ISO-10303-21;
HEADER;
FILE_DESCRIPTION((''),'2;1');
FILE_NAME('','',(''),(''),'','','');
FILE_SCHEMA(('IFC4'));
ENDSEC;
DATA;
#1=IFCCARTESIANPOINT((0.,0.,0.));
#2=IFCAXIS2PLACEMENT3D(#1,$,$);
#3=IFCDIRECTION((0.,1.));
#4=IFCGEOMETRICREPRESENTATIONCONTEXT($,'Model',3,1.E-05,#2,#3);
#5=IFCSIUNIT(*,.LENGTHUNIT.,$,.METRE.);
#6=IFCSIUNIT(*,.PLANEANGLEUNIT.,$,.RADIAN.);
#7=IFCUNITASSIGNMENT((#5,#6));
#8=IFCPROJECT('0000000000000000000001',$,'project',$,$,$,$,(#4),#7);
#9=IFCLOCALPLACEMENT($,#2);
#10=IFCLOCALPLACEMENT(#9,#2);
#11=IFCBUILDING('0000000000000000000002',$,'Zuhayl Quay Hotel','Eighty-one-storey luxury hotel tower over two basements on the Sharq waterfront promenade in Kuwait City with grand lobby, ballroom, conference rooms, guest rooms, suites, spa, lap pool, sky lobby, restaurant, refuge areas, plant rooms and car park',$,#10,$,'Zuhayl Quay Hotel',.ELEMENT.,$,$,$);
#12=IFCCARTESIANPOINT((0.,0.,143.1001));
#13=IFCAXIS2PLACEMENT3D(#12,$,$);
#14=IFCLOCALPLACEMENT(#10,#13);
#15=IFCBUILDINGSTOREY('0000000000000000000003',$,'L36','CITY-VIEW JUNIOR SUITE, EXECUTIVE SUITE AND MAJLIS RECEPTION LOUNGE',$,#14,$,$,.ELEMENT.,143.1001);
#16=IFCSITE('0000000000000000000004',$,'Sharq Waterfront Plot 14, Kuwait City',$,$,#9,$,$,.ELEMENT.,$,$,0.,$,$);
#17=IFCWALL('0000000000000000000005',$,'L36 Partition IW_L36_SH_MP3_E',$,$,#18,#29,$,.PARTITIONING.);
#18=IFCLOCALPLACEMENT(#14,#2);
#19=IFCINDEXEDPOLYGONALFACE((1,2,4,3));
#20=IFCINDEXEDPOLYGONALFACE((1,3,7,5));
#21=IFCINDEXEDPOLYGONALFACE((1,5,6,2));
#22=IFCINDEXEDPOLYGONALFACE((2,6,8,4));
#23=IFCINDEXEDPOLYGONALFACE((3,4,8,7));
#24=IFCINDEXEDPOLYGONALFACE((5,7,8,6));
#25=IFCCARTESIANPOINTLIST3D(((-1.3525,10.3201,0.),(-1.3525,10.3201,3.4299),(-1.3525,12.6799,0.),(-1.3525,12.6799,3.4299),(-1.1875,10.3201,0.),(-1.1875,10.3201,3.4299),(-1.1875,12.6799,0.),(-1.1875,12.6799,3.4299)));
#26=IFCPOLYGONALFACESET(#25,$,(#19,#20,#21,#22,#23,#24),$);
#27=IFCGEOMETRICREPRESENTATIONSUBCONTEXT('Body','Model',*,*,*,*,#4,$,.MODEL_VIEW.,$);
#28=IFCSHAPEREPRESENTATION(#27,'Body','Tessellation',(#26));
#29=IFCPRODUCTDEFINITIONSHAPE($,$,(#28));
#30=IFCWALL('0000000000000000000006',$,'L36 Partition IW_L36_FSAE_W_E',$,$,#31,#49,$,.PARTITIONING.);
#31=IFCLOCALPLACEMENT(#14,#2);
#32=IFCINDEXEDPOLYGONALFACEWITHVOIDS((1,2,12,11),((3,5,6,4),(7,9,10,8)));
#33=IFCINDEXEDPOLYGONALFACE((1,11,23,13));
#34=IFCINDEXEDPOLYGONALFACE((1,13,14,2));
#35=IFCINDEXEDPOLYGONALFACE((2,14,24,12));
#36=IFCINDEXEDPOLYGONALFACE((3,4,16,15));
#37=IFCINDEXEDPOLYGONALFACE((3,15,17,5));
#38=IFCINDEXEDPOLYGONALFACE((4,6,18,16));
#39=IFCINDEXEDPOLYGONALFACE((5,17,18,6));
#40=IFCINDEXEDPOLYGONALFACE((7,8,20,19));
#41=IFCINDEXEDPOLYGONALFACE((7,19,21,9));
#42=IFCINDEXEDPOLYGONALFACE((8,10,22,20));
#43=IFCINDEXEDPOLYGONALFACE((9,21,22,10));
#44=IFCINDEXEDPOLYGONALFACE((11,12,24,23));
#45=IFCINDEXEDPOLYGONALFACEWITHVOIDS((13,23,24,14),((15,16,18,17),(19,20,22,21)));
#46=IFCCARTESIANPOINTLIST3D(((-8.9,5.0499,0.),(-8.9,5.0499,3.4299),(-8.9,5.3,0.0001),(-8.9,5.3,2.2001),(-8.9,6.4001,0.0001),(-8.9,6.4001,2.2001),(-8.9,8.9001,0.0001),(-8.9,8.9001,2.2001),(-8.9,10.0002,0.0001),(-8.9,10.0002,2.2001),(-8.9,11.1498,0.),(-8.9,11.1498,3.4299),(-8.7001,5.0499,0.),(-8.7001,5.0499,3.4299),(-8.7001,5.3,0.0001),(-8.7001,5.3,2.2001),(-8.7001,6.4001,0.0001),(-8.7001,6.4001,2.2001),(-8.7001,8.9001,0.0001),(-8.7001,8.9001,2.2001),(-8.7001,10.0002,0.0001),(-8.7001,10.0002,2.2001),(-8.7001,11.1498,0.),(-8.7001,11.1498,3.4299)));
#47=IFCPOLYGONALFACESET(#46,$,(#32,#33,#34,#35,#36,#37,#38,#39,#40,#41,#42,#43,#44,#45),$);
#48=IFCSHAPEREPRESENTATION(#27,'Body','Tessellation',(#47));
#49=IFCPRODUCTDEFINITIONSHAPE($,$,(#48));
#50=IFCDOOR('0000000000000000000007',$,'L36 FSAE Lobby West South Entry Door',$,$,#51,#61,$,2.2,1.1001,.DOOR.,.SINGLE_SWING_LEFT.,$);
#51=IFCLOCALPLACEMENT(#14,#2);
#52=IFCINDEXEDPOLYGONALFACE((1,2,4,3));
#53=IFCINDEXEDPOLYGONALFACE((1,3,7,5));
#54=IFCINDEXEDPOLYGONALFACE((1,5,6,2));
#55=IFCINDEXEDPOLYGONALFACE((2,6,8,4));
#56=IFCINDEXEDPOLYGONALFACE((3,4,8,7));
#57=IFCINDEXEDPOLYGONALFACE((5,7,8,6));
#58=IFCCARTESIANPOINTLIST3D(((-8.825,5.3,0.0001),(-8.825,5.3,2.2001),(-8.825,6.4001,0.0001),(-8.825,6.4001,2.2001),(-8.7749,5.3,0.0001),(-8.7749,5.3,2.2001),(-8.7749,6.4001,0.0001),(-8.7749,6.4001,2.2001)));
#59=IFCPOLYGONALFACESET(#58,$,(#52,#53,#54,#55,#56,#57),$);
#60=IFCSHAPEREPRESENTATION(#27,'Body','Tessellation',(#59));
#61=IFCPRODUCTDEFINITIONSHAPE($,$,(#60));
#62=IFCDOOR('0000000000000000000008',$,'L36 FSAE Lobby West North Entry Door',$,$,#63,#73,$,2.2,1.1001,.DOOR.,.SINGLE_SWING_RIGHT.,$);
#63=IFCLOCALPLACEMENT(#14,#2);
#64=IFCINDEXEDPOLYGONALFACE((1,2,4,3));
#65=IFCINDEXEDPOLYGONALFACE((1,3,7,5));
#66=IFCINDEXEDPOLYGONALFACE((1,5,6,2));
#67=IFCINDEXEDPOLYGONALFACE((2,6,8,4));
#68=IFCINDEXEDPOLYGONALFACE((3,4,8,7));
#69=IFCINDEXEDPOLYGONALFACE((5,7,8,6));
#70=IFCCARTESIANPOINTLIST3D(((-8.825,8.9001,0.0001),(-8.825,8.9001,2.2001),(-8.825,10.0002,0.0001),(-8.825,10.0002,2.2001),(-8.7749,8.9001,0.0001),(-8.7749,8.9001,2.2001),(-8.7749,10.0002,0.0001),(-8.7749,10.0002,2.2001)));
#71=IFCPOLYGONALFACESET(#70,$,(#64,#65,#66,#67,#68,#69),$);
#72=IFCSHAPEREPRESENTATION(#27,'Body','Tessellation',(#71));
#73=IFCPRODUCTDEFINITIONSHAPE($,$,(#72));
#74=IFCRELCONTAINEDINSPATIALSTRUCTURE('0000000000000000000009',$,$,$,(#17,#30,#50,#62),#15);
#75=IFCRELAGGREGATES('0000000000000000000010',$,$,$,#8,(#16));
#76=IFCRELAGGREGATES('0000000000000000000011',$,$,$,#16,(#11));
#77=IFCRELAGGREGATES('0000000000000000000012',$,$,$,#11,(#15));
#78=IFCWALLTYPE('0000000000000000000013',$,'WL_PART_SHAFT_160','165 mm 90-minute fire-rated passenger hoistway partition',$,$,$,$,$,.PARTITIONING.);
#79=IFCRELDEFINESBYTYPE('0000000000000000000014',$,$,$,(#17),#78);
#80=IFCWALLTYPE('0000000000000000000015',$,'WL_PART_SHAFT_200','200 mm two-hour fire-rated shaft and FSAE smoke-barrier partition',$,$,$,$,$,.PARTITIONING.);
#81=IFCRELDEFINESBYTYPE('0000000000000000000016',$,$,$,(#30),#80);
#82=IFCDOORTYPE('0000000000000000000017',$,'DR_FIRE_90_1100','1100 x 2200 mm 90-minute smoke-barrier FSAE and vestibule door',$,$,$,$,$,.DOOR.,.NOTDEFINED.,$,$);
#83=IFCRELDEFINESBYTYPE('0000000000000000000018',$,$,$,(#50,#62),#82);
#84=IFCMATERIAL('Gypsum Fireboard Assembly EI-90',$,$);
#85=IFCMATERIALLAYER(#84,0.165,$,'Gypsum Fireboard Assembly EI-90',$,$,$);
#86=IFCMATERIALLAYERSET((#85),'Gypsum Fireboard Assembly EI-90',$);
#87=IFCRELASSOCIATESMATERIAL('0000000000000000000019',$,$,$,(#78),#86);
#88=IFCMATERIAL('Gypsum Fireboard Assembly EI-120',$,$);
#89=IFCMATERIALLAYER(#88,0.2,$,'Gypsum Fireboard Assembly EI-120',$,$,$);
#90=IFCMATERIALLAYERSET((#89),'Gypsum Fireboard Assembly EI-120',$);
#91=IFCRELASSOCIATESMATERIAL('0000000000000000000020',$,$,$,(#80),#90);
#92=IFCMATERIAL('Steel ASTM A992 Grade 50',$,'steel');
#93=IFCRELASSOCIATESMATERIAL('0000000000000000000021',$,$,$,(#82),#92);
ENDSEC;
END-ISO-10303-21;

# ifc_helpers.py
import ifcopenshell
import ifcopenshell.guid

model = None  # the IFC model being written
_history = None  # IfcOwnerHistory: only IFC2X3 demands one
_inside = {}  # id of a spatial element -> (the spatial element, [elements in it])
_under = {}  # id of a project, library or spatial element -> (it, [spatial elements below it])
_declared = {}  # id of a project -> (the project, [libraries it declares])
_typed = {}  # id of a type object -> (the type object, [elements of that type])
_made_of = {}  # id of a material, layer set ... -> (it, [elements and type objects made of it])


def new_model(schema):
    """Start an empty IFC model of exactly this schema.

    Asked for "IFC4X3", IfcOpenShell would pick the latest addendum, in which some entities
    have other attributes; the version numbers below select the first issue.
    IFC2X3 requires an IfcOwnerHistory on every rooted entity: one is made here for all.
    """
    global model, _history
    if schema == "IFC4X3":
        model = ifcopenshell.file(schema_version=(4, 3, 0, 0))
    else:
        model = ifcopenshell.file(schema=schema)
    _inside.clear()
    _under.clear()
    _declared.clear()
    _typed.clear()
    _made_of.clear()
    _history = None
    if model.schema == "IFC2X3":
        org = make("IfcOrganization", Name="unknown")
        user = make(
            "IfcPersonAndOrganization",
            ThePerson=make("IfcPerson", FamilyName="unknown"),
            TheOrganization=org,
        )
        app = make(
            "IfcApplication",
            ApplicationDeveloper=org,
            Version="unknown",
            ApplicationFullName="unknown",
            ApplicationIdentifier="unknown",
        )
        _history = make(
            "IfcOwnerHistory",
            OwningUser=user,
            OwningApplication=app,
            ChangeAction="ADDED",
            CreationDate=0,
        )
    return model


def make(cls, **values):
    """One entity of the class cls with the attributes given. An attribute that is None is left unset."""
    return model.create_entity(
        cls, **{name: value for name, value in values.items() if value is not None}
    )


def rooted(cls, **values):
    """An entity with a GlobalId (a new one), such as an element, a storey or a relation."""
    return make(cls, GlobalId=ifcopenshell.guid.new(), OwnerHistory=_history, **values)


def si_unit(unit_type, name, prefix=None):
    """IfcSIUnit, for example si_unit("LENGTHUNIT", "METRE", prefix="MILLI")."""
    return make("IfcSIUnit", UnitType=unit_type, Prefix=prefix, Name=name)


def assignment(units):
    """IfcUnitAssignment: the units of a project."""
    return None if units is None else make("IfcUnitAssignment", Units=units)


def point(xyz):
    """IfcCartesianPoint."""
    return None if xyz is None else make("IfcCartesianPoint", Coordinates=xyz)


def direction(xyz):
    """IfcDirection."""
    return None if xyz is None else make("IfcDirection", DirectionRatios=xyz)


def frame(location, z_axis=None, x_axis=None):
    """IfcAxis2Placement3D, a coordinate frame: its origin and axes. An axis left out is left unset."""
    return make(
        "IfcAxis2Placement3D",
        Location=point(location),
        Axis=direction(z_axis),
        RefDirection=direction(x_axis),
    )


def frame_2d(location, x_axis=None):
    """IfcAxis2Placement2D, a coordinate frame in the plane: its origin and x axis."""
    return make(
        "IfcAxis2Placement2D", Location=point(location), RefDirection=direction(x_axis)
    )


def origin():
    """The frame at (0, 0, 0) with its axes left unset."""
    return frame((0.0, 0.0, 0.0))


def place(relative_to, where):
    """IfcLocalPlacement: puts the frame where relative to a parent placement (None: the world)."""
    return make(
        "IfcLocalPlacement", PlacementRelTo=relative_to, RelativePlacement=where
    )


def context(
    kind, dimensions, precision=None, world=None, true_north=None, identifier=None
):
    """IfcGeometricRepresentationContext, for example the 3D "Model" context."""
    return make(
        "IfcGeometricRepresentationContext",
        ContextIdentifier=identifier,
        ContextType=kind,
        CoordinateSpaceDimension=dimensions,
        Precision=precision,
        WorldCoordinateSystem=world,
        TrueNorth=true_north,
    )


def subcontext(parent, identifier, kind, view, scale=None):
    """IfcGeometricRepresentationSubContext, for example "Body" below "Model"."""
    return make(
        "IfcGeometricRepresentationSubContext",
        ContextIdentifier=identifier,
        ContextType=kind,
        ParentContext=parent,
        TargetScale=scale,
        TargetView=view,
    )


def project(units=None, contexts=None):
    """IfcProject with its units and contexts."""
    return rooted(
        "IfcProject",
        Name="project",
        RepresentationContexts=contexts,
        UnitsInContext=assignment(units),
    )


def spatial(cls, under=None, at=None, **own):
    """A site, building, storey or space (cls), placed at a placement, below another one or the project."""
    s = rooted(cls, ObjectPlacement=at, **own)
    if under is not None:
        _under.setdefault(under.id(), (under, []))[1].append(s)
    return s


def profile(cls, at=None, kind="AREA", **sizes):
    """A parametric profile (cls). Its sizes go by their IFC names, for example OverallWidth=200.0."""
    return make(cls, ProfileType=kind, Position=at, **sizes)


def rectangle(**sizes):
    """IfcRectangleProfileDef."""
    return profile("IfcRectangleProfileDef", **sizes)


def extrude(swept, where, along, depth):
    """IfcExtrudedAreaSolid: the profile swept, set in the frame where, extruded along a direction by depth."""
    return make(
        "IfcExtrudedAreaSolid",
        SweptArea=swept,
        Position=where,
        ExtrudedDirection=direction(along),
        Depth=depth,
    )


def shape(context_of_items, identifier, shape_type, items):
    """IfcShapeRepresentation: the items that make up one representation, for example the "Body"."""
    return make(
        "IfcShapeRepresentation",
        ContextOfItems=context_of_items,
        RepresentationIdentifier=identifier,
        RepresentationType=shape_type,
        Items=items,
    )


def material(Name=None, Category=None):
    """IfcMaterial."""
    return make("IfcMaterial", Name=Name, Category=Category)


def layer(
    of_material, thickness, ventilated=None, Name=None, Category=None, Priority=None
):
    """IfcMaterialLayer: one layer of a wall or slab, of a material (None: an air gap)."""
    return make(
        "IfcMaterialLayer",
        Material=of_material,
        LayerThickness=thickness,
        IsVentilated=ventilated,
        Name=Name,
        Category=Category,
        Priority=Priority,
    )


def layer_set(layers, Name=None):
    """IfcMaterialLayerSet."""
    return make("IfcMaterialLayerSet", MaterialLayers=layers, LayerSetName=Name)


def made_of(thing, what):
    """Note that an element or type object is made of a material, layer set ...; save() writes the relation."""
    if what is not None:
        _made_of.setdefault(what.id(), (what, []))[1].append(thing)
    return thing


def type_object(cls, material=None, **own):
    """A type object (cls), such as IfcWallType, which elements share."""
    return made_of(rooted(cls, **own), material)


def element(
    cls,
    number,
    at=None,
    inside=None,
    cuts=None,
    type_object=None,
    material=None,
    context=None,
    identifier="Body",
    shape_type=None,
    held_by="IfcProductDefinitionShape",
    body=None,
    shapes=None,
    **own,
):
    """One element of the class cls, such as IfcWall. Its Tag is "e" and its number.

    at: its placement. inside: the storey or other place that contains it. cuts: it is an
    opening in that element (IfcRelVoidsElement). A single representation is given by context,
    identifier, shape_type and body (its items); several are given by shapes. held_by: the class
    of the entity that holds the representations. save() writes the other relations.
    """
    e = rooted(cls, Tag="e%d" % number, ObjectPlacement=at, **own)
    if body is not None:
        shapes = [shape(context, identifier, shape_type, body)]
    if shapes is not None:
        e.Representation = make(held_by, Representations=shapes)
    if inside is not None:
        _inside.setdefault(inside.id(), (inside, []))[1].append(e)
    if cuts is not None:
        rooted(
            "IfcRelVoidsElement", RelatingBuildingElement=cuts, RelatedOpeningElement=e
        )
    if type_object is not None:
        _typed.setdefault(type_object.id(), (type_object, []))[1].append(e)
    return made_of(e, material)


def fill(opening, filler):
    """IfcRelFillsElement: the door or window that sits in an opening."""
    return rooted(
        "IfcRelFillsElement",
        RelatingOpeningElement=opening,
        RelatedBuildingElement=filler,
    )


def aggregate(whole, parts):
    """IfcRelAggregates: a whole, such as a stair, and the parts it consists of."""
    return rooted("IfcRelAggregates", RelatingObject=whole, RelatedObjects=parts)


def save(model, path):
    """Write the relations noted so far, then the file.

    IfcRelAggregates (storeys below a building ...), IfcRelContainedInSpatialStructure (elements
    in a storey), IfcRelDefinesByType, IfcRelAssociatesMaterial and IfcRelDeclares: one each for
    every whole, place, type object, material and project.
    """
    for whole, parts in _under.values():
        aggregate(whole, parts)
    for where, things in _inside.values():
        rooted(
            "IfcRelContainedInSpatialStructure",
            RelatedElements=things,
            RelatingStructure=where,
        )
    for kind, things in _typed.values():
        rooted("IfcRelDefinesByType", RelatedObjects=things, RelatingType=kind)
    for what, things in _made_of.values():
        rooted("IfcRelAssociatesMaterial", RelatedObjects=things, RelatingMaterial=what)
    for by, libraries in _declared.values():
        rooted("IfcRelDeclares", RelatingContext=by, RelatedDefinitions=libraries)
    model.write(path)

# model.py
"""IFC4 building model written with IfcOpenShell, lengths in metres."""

from ifc_helpers import new_model, si_unit, direction, frame, frame_2d, origin, place, context, subcontext, project, spatial, rectangle, extrude, material, layer, layer_set, type_object, element, fill, save


model = new_model("IFC4")

# Units and contexts
model_context = context("Model", 3, precision=1e-05, world=origin(), true_north=direction((0.0, 1.0)))
body_context = subcontext(model_context, "Body", "Model", "MODEL_VIEW")
ifc_project = project(units=[si_unit("LENGTHUNIT", "METRE"), si_unit("PLANEANGLEUNIT", "RADIAN")], contexts=[model_context])

# Site, building, storey
site_placement = place(None, origin())
site = spatial("IfcSite", under=ifc_project, at=site_placement, Name="Sharq Waterfront Plot 14, Kuwait City", CompositionType="ELEMENT", RefElevation=0.0)
building_placement = place(site_placement, origin())
building = spatial("IfcBuilding", under=site, at=building_placement, Name="Zuhayl Quay Hotel", Description="Eighty-one-storey luxury hotel tower over two basements on the Sharq waterfront promenade in Kuwait City with grand lobby, ballroom, conference rooms, guest rooms, suites, spa, lap pool, sky lobby, restaurant, refuge areas, plant rooms and car park", LongName="Zuhayl Quay Hotel", CompositionType="ELEMENT")
storey_placement = place(building_placement, frame((0.0, 0.0, 143.1001)))
storey = spatial("IfcBuildingStorey", under=building, at=storey_placement, Name="L36", Description="CITY-VIEW JUNIOR SUITE, EXECUTIVE SUITE AND MAJLIS RECEPTION LOUNGE", CompositionType="ELEMENT", Elevation=143.1001)

# Shared definitions
ifc_material_1 = material(Name="Steel ASTM A992 Grade 50", Category="steel")

# Shared definitions
ifc_material_2 = material(Name="Gypsum Fireboard Assembly EI-90")
ifc_layer_1 = layer(ifc_material_2, 0.165, Name="Gypsum Fireboard Assembly EI-90")
ifc_layer_set_1 = layer_set([ifc_layer_1], Name="Gypsum Fireboard Assembly EI-90")
wall_type_1 = type_object("IfcWallType", Name="WL_PART_SHAFT_160", Description="165 mm 90-minute fire-rated passenger hoistway partition", PredefinedType="PARTITIONING", material=ifc_layer_set_1)

# Wall
wall_1_placement = place(storey_placement, frame((-1.27, 10.3201, 0.0), z_axis=(0.0, 0.0, 1.0), x_axis=(0.0, 1.0, 0.0)))
element("IfcWall", 1, at=wall_1_placement, inside=storey, type_object=wall_type_1, Name="L36 Partition IW_L36_SH_MP3_E", PredefinedType="PARTITIONING", context=body_context, shape_type="SweptSolid", body=[
    extrude(rectangle(XDim=2.3599, YDim=0.165, at=frame_2d((1.1799, 0.0))), origin(), (0.0, 0.0, 1.0), 3.4299),
])

# Wall, openings, doors
ifc_material_3 = material(Name="Gypsum Fireboard Assembly EI-120")
ifc_layer_2 = layer(ifc_material_3, 0.2, Name="Gypsum Fireboard Assembly EI-120")
ifc_layer_set_2 = layer_set([ifc_layer_2], Name="Gypsum Fireboard Assembly EI-120")
wall_type_2 = type_object("IfcWallType", Name="WL_PART_SHAFT_200", Description="200 mm two-hour fire-rated shaft and FSAE smoke-barrier partition", PredefinedType="PARTITIONING", material=ifc_layer_set_2)
wall_2_placement = place(storey_placement, frame((-8.8, 5.05, 0.0), z_axis=(0.0, 0.0, 1.0), x_axis=(0.0, 1.0, 0.0)))
wall_2 = element("IfcWall", 2, at=wall_2_placement, inside=storey, type_object=wall_type_2, Name="L36 Partition IW_L36_FSAE_W_E", PredefinedType="PARTITIONING", context=body_context, shape_type="SweptSolid", body=[
    extrude(rectangle(XDim=6.0999, YDim=0.2, at=frame_2d((3.0498, 0.0))), origin(), (0.0, 0.0, 1.0), 3.4299),
])
opening_1_placement = place(wall_2_placement, frame((0.25, 0.0, 0.0)))
opening_1 = element("IfcOpeningElement", 3, at=opening_1_placement, cuts=wall_2, PredefinedType="OPENING", context=body_context, shape_type="SweptSolid", body=[
    extrude(rectangle(XDim=1.1001, YDim=2.2, at=frame_2d((0.55, 1.1001))), frame((0.0, 0.1099, 0.0), z_axis=(0.0, -1.0, 0.0), x_axis=(1.0, 0.0, 0.0)), (0.0, 0.0, 1.0), 0.22),
])
opening_2_placement = place(wall_2_placement, frame((3.8501, 0.0, 0.0)))
opening_2 = element("IfcOpeningElement", 4, at=opening_2_placement, cuts=wall_2, PredefinedType="OPENING", context=body_context, shape_type="SweptSolid", body=[
    extrude(rectangle(XDim=1.1001, YDim=2.2, at=frame_2d((0.55, 1.1001))), frame((0.0, 0.1099, 0.0), z_axis=(0.0, -1.0, 0.0), x_axis=(1.0, 0.0, 0.0)), (0.0, 0.0, 1.0), 0.22),
])
door_type_1 = type_object("IfcDoorType", Name="DR_FIRE_90_1100", Description="1100 x 2200 mm 90-minute smoke-barrier FSAE and vestibule door", OperationType="NOTDEFINED", PredefinedType="DOOR", material=ifc_material_1)
door_1_placement = place(opening_1_placement, origin())
door_1 = element("IfcDoor", 5, at=door_1_placement, inside=storey, type_object=door_type_1, Name="L36 FSAE Lobby West South Entry Door", OperationType="SINGLE_SWING_LEFT", OverallHeight=2.2, OverallWidth=1.1001, PredefinedType="DOOR", context=body_context, shape_type="SweptSolid", body=[
    extrude(rectangle(XDim=1.1001, YDim=2.2, at=frame_2d((0.55, 1.1001))), frame((0.0, 0.0249, 0.0), z_axis=(0.0, -1.0, 0.0), x_axis=(1.0, 0.0, 0.0)), (0.0, 0.0, 1.0), 0.05),
])
fill(opening_1, door_1)
door_2_placement = place(opening_2_placement, origin())
door_2 = element("IfcDoor", 6, at=door_2_placement, inside=storey, type_object=door_type_1, Name="L36 FSAE Lobby West North Entry Door", OperationType="SINGLE_SWING_RIGHT", OverallHeight=2.2, OverallWidth=1.1001, PredefinedType="DOOR", context=body_context, shape_type="SweptSolid", body=[
    extrude(rectangle(XDim=1.1001, YDim=2.2, at=frame_2d((0.55, 1.1001))), frame((0.0, 0.0249, 0.0), z_axis=(0.0, -1.0, 0.0), x_axis=(1.0, 0.0, 0.0)), (0.0, 0.0, 1.0), 0.05),
])
fill(opening_2, door_2)

save(model, "model.ifc")
